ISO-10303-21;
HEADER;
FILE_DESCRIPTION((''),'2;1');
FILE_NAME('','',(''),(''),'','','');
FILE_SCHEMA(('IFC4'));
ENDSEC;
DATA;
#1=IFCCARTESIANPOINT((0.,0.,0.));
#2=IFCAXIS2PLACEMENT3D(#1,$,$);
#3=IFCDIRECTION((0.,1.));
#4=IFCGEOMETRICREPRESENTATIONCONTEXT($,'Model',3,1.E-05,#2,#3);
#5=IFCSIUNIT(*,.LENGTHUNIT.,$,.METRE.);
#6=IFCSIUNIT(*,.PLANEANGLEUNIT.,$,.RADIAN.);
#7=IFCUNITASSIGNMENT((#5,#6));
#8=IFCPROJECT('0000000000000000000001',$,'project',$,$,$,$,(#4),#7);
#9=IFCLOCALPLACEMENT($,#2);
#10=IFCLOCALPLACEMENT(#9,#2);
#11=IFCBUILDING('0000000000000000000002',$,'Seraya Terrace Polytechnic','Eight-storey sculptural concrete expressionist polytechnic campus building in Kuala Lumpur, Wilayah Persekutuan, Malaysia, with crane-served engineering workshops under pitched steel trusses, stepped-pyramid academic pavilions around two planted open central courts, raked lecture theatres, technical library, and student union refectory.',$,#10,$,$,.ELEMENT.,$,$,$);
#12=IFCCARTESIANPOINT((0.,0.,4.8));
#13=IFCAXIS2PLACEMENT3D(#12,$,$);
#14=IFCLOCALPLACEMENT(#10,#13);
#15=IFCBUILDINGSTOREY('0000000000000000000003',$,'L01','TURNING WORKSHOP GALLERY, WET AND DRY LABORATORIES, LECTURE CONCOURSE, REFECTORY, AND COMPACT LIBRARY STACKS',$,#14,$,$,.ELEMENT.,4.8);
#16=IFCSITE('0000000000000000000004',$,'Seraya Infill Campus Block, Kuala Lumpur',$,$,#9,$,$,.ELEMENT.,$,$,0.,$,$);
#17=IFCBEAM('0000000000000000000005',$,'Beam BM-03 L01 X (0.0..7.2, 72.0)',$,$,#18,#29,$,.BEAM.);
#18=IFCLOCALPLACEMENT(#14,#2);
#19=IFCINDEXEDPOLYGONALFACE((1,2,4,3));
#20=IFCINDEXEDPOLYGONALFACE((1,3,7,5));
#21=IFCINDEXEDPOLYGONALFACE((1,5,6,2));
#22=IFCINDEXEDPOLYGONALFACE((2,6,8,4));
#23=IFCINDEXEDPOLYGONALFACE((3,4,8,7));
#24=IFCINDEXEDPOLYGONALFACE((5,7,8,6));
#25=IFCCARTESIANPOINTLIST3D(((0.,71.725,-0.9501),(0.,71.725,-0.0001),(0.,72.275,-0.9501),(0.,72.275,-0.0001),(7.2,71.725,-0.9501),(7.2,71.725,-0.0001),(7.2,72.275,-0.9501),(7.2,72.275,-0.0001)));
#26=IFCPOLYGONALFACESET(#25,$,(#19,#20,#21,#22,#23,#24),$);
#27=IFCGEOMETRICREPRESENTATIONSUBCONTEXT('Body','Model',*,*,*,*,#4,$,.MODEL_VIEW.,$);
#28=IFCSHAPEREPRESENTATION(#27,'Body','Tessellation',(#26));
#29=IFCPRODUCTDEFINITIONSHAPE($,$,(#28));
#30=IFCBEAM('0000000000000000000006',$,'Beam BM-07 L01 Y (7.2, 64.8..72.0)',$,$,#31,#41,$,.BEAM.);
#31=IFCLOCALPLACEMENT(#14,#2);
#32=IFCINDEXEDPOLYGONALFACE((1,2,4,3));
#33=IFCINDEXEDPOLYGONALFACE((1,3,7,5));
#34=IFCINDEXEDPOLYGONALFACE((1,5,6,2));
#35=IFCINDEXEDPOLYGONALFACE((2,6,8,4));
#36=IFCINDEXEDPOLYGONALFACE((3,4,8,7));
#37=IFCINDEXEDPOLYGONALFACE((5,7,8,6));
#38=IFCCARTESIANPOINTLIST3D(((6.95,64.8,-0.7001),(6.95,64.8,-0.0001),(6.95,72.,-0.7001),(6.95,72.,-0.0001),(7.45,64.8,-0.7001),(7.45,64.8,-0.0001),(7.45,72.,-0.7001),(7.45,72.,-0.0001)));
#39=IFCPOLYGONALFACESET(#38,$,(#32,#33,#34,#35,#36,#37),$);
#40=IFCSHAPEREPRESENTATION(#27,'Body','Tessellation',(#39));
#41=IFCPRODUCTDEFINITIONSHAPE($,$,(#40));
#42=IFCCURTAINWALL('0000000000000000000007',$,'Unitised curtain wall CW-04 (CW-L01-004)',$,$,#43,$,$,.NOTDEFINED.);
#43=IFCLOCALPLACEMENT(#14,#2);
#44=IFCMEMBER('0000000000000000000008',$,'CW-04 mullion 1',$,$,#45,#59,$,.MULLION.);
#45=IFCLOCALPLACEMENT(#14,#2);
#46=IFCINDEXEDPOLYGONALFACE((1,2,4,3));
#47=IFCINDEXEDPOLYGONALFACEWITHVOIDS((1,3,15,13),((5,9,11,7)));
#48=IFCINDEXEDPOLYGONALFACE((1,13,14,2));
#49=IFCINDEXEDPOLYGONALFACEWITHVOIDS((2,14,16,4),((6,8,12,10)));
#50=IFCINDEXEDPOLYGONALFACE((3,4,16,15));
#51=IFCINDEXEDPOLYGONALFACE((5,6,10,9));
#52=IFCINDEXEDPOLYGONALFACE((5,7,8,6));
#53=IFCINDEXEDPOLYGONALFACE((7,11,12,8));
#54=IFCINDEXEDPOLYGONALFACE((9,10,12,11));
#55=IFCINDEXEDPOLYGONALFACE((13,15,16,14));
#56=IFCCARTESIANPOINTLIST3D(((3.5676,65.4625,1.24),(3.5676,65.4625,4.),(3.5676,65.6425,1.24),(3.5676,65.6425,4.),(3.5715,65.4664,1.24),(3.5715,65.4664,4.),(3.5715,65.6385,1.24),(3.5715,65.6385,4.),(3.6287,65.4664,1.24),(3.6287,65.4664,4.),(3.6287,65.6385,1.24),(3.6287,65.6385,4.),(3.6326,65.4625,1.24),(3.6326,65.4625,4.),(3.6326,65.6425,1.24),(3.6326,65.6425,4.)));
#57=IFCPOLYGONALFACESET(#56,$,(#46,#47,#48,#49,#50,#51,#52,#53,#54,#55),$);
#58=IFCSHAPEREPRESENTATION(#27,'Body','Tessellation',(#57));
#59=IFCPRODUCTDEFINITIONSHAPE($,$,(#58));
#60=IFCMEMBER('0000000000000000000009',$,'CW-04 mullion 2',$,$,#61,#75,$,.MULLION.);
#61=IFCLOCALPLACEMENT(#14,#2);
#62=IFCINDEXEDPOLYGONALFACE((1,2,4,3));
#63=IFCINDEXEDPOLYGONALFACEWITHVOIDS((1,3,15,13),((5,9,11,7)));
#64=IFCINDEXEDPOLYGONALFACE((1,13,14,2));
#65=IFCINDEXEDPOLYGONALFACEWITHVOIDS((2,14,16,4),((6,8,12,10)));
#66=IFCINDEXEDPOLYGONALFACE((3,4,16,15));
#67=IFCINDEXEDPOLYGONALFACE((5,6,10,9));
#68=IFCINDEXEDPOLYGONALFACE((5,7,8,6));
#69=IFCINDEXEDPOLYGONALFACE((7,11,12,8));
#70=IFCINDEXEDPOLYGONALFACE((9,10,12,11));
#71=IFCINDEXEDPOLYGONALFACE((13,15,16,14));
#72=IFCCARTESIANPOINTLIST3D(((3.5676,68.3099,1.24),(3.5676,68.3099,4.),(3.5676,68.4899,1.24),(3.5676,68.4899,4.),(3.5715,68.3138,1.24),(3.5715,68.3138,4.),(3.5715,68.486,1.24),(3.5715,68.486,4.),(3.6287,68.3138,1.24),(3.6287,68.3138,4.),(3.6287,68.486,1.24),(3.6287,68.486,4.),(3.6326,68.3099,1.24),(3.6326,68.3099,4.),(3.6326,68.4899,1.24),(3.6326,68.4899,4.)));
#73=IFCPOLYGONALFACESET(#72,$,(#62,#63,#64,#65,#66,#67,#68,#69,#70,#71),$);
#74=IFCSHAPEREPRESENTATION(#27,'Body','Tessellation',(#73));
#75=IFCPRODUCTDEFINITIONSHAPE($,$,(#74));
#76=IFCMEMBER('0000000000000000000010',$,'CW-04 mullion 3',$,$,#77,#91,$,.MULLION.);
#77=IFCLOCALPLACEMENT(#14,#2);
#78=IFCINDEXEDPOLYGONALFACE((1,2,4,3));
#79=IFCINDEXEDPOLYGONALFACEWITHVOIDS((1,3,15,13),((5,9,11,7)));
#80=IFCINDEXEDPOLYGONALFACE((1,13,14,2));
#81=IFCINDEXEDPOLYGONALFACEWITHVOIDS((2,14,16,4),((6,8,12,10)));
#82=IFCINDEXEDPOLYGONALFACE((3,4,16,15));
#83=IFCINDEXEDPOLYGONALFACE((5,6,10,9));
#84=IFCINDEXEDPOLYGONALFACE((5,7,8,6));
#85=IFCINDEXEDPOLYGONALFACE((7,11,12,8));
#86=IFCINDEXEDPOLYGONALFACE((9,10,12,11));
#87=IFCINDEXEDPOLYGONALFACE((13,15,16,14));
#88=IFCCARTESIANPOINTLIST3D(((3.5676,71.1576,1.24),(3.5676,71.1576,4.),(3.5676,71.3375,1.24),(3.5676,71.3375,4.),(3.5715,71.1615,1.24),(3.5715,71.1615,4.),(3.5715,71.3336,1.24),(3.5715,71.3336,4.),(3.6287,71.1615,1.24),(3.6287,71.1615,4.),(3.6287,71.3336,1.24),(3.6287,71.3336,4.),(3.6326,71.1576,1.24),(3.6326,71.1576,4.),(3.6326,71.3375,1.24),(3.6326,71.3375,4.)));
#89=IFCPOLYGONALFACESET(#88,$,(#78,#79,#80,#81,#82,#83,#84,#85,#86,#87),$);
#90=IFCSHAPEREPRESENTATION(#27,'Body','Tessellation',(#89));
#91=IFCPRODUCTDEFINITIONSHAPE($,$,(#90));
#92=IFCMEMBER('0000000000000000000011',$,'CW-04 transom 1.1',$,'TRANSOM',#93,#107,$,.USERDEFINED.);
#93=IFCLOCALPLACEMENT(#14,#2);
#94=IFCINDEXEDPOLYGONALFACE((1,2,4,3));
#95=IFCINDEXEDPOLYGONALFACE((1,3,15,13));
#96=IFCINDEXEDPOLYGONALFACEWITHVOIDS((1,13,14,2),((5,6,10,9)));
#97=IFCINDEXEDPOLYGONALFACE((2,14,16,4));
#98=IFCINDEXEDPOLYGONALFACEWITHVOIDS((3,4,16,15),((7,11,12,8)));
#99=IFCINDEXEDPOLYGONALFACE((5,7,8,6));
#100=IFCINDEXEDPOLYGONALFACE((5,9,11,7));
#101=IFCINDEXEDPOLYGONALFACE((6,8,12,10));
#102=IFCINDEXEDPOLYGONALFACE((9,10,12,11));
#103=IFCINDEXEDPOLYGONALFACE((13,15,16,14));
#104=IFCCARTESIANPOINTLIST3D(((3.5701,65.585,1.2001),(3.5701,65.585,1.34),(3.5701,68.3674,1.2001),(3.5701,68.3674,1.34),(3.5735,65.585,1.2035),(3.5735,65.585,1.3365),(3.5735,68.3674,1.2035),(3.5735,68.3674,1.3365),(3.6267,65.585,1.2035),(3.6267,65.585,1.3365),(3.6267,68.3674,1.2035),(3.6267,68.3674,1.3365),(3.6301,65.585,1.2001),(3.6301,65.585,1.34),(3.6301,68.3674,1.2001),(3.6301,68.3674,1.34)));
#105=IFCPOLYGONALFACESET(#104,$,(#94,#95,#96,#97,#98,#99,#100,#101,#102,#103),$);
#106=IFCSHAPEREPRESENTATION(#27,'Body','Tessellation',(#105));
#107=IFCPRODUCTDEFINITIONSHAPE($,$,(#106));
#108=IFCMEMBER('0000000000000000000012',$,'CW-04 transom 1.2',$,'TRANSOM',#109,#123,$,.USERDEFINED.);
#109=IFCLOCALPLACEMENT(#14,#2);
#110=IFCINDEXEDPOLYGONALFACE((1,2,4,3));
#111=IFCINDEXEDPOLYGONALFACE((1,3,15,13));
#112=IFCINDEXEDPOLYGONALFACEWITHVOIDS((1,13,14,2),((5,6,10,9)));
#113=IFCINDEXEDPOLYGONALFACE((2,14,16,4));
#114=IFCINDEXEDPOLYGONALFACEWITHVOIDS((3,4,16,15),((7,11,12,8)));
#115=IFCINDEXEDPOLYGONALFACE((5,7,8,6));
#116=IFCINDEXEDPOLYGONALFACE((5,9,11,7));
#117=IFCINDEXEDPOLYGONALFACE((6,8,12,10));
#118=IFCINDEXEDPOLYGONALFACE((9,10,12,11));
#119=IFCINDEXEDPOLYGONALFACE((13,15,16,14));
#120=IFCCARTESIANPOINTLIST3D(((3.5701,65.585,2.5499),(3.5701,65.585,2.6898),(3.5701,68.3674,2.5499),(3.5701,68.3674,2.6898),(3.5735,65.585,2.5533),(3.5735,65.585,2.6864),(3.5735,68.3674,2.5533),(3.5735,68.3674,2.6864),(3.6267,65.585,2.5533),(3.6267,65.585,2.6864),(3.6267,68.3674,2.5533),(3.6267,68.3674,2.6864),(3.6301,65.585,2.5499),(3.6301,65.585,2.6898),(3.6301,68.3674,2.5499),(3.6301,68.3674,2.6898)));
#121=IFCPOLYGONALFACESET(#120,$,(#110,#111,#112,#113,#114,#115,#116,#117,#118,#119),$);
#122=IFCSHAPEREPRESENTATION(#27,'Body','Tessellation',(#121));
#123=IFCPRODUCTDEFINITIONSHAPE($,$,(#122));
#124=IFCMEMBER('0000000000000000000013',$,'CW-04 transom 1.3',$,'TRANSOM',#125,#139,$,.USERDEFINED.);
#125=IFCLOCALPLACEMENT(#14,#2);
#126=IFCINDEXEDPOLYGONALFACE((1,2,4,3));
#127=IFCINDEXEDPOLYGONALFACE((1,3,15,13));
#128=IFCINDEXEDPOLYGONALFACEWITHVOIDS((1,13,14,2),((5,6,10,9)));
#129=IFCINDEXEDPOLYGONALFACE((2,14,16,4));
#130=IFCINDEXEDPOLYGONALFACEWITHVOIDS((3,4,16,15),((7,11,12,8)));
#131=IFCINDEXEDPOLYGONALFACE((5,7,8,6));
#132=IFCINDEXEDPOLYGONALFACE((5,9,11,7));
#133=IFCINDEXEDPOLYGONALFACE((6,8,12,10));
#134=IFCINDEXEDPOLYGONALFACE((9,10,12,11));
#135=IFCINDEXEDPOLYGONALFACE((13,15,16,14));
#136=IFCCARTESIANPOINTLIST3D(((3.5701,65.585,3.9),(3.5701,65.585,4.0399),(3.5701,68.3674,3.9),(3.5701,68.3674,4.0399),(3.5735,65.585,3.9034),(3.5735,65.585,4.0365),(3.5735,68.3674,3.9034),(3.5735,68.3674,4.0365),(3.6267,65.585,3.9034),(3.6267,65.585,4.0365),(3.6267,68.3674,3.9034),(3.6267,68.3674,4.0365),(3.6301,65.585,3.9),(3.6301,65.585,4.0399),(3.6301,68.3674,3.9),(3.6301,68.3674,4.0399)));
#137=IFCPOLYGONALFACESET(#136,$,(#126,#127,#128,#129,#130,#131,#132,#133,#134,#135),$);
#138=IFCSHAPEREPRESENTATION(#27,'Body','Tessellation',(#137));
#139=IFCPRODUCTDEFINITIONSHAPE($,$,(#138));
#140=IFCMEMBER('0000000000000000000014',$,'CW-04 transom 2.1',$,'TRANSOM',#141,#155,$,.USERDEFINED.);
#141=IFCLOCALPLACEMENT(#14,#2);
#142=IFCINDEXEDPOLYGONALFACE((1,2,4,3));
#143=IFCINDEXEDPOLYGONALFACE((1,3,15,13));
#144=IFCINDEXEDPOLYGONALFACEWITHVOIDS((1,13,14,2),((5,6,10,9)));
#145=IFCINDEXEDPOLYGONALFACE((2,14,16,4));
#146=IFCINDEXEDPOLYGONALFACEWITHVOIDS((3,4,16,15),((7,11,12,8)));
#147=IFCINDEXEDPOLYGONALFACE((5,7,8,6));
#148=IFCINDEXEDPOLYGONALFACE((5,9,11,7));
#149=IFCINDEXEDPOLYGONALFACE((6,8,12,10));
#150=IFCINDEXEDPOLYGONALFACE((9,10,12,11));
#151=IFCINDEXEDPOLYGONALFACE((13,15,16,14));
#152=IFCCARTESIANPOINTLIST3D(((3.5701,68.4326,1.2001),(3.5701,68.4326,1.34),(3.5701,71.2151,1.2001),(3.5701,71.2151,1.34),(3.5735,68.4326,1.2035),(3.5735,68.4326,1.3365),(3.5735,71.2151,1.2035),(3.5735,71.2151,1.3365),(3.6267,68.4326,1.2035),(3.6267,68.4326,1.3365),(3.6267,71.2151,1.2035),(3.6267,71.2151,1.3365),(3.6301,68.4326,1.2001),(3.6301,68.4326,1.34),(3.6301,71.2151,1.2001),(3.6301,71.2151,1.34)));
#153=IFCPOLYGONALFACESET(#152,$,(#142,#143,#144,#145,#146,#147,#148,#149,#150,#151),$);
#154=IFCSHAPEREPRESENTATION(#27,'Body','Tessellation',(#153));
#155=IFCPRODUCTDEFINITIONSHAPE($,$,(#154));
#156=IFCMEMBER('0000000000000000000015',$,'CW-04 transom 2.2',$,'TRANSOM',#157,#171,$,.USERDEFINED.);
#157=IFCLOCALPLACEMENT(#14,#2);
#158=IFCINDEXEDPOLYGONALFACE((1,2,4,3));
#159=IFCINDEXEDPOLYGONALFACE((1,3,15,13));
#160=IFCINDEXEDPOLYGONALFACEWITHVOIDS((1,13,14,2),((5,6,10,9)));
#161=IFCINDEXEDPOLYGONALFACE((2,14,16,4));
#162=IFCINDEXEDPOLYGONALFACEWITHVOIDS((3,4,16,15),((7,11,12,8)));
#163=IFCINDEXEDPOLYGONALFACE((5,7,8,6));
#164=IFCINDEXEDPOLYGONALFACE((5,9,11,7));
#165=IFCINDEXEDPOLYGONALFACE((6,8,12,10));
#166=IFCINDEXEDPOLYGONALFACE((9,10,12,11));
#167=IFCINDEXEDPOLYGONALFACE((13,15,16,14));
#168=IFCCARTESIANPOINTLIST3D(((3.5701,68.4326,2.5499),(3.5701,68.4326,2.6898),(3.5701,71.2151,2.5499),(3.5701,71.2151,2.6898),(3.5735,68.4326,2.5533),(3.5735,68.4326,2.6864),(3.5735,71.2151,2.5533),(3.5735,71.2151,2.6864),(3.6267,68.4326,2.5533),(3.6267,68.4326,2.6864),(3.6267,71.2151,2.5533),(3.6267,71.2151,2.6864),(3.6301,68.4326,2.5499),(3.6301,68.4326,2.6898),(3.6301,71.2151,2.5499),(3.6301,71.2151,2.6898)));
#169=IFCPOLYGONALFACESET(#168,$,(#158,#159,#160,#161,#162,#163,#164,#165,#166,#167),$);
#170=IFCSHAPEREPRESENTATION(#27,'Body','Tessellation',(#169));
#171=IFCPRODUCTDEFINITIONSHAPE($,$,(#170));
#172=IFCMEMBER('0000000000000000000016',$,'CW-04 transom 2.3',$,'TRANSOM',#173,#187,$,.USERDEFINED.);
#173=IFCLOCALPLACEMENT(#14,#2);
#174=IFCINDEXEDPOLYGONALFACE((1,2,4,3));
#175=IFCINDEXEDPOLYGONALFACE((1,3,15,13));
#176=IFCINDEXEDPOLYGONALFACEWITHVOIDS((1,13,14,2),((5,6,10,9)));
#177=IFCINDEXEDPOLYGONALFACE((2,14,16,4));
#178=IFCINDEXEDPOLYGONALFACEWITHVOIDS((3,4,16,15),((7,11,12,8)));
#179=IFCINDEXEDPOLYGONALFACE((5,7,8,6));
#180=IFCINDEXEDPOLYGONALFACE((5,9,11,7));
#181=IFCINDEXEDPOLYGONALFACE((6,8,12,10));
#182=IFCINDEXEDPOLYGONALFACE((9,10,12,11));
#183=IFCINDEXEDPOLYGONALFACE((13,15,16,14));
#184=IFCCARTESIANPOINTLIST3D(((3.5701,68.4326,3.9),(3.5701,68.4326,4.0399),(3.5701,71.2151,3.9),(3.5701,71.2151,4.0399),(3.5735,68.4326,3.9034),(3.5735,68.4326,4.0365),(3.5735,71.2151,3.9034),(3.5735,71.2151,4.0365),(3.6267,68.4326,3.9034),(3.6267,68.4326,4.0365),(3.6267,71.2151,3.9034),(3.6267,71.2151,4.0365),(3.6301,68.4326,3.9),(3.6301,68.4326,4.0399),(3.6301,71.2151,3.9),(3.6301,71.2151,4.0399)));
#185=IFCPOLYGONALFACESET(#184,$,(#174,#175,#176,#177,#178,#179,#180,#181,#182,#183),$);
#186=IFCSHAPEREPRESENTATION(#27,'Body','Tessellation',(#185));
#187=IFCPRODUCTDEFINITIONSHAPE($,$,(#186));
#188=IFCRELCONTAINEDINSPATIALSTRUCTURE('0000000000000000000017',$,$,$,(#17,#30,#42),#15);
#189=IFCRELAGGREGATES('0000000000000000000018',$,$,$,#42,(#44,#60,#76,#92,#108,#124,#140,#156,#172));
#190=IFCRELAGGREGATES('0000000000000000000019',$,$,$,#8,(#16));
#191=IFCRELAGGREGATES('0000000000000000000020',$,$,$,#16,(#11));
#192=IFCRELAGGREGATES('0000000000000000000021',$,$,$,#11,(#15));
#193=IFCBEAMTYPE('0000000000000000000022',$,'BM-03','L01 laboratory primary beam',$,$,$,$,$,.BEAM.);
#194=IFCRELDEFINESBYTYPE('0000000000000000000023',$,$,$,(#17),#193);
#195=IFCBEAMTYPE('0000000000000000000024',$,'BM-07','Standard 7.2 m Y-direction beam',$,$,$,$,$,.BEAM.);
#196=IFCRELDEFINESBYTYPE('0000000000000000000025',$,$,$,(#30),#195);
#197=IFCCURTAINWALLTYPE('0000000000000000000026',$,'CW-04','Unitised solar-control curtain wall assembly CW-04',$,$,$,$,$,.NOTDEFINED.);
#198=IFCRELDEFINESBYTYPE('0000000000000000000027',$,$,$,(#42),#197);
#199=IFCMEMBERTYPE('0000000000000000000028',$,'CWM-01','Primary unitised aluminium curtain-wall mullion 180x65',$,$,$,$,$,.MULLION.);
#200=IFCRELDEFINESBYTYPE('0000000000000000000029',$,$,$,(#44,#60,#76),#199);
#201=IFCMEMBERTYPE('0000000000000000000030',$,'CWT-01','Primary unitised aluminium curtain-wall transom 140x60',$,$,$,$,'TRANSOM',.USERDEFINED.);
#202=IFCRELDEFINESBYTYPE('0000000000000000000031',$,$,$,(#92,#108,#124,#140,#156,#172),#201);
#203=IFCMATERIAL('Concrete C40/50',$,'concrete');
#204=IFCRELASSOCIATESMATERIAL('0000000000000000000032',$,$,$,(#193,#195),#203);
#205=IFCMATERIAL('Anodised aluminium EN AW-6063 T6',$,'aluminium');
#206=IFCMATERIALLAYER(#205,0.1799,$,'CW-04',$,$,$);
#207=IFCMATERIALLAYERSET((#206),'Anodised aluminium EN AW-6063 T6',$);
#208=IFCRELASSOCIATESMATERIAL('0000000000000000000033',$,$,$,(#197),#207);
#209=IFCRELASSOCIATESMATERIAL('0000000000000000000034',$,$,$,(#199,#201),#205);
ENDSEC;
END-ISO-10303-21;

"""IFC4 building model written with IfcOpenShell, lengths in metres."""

from ifc_helpers import new_model, si_unit, direction, frame, origin, origin_2d, place, context, subcontext, project, spatial, rectangle, hollow_rectangle, extrude, material, layer, layer_set, material_profile, profile_set, type_object, element, aggregate, save


model = new_model("IFC4")

# Units and contexts
model_context = context("Model", 3, precision=1e-05, world=origin(), true_north=direction((0.0, 1.0)))
body_context = subcontext(model_context, "Body", "Model", "MODEL_VIEW")
ifc_project = project(units=[si_unit("LENGTHUNIT", "METRE"), si_unit("PLANEANGLEUNIT", "RADIAN")], contexts=[model_context])

# Site, building, storey
site_placement = place(None, origin())
site = spatial("IfcSite", under=ifc_project, at=site_placement, Name="Seraya Infill Campus Block, Kuala Lumpur", CompositionType="ELEMENT", RefElevation=0.0)
building_placement = place(site_placement, origin())
building = spatial("IfcBuilding", under=site, at=building_placement, Name="Seraya Terrace Polytechnic", Description="Eight-storey sculptural concrete expressionist polytechnic campus building in Kuala Lumpur, Wilayah Persekutuan, Malaysia, with crane-served engineering workshops under pitched steel trusses, stepped-pyramid academic pavilions around two planted open central courts, raked lecture theatres, technical library, and student union refectory.", CompositionType="ELEMENT")
storey_placement = place(building_placement, frame((0.0, 0.0, 4.8)))
storey = spatial("IfcBuildingStorey", under=building, at=storey_placement, Name="L01", Description="TURNING WORKSHOP GALLERY, WET AND DRY LABORATORIES, LECTURE CONCOURSE, REFECTORY, AND COMPACT LIBRARY STACKS", CompositionType="ELEMENT", Elevation=4.8)

# Beams
ifc_material_1 = material(Name="Concrete C40/50", Category="concrete")
ifc_material_profile_1 = material_profile(ifc_material_1, rectangle(XDim=0.55, YDim=0.95, at=origin_2d()), Name="RC 550x950")
ifc_profile_set_1 = profile_set([ifc_material_profile_1], Name="Concrete C40/50")
beam_type_1 = type_object("IfcBeamType", Name="BM-03", Description="L01 laboratory primary beam", PredefinedType="BEAM", material=ifc_profile_set_1)
beam_1_placement = place(storey_placement, frame((0.0, 72.0, -0.4751), z_axis=(1.0, 0.0, 0.0), x_axis=(0.0, 1.0, 0.0)))
element("IfcBeam", 1, at=beam_1_placement, inside=storey, type_object=beam_type_1, Name="Beam BM-03 L01 X (0.0..7.2, 72.0)", PredefinedType="BEAM", context=body_context, shape_type="SweptSolid", body=[
    extrude(rectangle(XDim=0.55, YDim=0.95, at=origin_2d()), origin(), (0.0, 0.0, 1.0), 7.2),
])
ifc_material_profile_2 = material_profile(ifc_material_1, rectangle(XDim=0.5, YDim=0.7, at=origin_2d()), Name="RC 500x700")
ifc_profile_set_2 = profile_set([ifc_material_profile_2], Name="Concrete C40/50")
beam_type_2 = type_object("IfcBeamType", Name="BM-07", Description="Standard 7.2 m Y-direction beam", PredefinedType="BEAM", material=ifc_profile_set_2)
beam_2_placement = place(storey_placement, frame((7.2, 64.8, -0.3501), z_axis=(0.0, 1.0, 0.0), x_axis=(-1.0, 0.0, 0.0)))
element("IfcBeam", 2, at=beam_2_placement, inside=storey, type_object=beam_type_2, Name="Beam BM-07 L01 Y (7.2, 64.8..72.0)", PredefinedType="BEAM", context=body_context, shape_type="SweptSolid", body=[
    extrude(rectangle(XDim=0.5, YDim=0.7, at=origin_2d()), origin(), (0.0, 0.0, 1.0), 7.2),
])

# Curtain wall, members
ifc_material_2 = material(Name="Anodised aluminium EN AW-6063 T6", Category="aluminium")
ifc_layer_1 = layer(ifc_material_2, 0.1799, Name="CW-04")
ifc_layer_set_1 = layer_set([ifc_layer_1], Name="Anodised aluminium EN AW-6063 T6")
curtain_wall_type = type_object("IfcCurtainWallType", Name="CW-04", Description="Unitised solar-control curtain wall assembly CW-04", PredefinedType="NOTDEFINED", material=ifc_layer_set_1)
curtain_wall_placement = place(storey_placement, origin())
curtain_wall = element("IfcCurtainWall", 3, at=curtain_wall_placement, inside=storey, type_object=curtain_wall_type, Name="Unitised curtain wall CW-04 (CW-L01-004)", PredefinedType="NOTDEFINED")
ifc_material_profile_3 = material_profile(ifc_material_2, hollow_rectangle(XDim=0.0649, YDim=0.1799, WallThickness=0.0039, at=origin_2d()), Name="RHS 180x65x4.0")
ifc_profile_set_3 = profile_set([ifc_material_profile_3], Name="Anodised aluminium EN AW-6063 T6")
member_type_1 = type_object("IfcMemberType", Name="CWM-01", Description="Primary unitised aluminium curtain-wall mullion 180x65", PredefinedType="MULLION", material=ifc_profile_set_3)
member_1_placement = place(storey_placement, frame((3.6001, 65.5525, 1.24), z_axis=(0.0, 0.0, 1.0), x_axis=(-1.0, 0.0, 0.0)))
member_1 = element("IfcMember", 4, at=member_1_placement, type_object=member_type_1, Name="CW-04 mullion 1", PredefinedType="MULLION", context=body_context, shape_type="SweptSolid", body=[
    extrude(hollow_rectangle(XDim=0.0649, YDim=0.1799, WallThickness=0.0039, at=origin_2d()), origin(), (0.0, 0.0, 1.0), 2.76),
])
member_2_placement = place(storey_placement, frame((3.6001, 68.3999, 1.24), z_axis=(0.0, 0.0, 1.0), x_axis=(-1.0, 0.0, 0.0)))
member_2 = element("IfcMember", 5, at=member_2_placement, type_object=member_type_1, Name="CW-04 mullion 2", PredefinedType="MULLION", context=body_context, shape_type="SweptSolid", body=[
    extrude(hollow_rectangle(XDim=0.0649, YDim=0.1799, WallThickness=0.0039, at=origin_2d()), origin(), (0.0, 0.0, 1.0), 2.76),
])
member_3_placement = place(storey_placement, frame((3.6001, 71.2476, 1.24), z_axis=(0.0, 0.0, 1.0), x_axis=(-1.0, 0.0, 0.0)))
member_3 = element("IfcMember", 6, at=member_3_placement, type_object=member_type_1, Name="CW-04 mullion 3", PredefinedType="MULLION", context=body_context, shape_type="SweptSolid", body=[
    extrude(hollow_rectangle(XDim=0.0649, YDim=0.1799, WallThickness=0.0039, at=origin_2d()), origin(), (0.0, 0.0, 1.0), 2.76),
])
ifc_material_profile_4 = material_profile(ifc_material_2, hollow_rectangle(XDim=0.0601, YDim=0.1399, WallThickness=0.0034, at=origin_2d()), Name="RHS 140x60x3.5")
ifc_profile_set_4 = profile_set([ifc_material_profile_4], Name="Anodised aluminium EN AW-6063 T6")
member_type_2 = type_object("IfcMemberType", Name="CWT-01", Description="Primary unitised aluminium curtain-wall transom 140x60", ElementType="TRANSOM", PredefinedType="USERDEFINED", material=ifc_profile_set_4)
member_4_placement = place(storey_placement, frame((3.6001, 65.585, 1.27), z_axis=(0.0, 1.0, 0.0), x_axis=(-1.0, 0.0, 0.0)))
member_4 = element("IfcMember", 7, at=member_4_placement, type_object=member_type_2, Name="CW-04 transom 1.1", ObjectType="TRANSOM", PredefinedType="USERDEFINED", context=body_context, shape_type="SweptSolid", body=[
    extrude(hollow_rectangle(XDim=0.0601, YDim=0.1399, WallThickness=0.0034, at=origin_2d()), origin(), (0.0, 0.0, 1.0), 2.7825),
])
member_5_placement = place(storey_placement, frame((3.6001, 65.585, 2.6199), z_axis=(0.0, 1.0, 0.0), x_axis=(-1.0, 0.0, 0.0)))
member_5 = element("IfcMember", 8, at=member_5_placement, type_object=member_type_2, Name="CW-04 transom 1.2", ObjectType="TRANSOM", PredefinedType="USERDEFINED", context=body_context, shape_type="SweptSolid", body=[
    extrude(hollow_rectangle(XDim=0.0601, YDim=0.1399, WallThickness=0.0034, at=origin_2d()), origin(), (0.0, 0.0, 1.0), 2.7825),
])
member_6_placement = place(storey_placement, frame((3.6001, 65.585, 3.97), z_axis=(0.0, 1.0, 0.0), x_axis=(-1.0, 0.0, 0.0)))
member_6 = element("IfcMember", 9, at=member_6_placement, type_object=member_type_2, Name="CW-04 transom 1.3", ObjectType="TRANSOM", PredefinedType="USERDEFINED", context=body_context, shape_type="SweptSolid", body=[
    extrude(hollow_rectangle(XDim=0.0601, YDim=0.1399, WallThickness=0.0034, at=origin_2d()), origin(), (0.0, 0.0, 1.0), 2.7825),
])
member_7_placement = place(storey_placement, frame((3.6001, 68.4326, 1.27), z_axis=(0.0, 1.0, 0.0), x_axis=(-1.0, 0.0, 0.0)))
member_7 = element("IfcMember", 10, at=member_7_placement, type_object=member_type_2, Name="CW-04 transom 2.1", ObjectType="TRANSOM", PredefinedType="USERDEFINED", context=body_context, shape_type="SweptSolid", body=[
    extrude(hollow_rectangle(XDim=0.0601, YDim=0.1399, WallThickness=0.0034, at=origin_2d()), origin(), (0.0, 0.0, 1.0), 2.7825),
])
member_8_placement = place(storey_placement, frame((3.6001, 68.4326, 2.6199), z_axis=(0.0, 1.0, 0.0), x_axis=(-1.0, 0.0, 0.0)))
member_8 = element("IfcMember", 11, at=member_8_placement, type_object=member_type_2, Name="CW-04 transom 2.2", ObjectType="TRANSOM", PredefinedType="USERDEFINED", context=body_context, shape_type="SweptSolid", body=[
    extrude(hollow_rectangle(XDim=0.0601, YDim=0.1399, WallThickness=0.0034, at=origin_2d()), origin(), (0.0, 0.0, 1.0), 2.7825),
])
member_9_placement = place(storey_placement, frame((3.6001, 68.4326, 3.97), z_axis=(0.0, 1.0, 0.0), x_axis=(-1.0, 0.0, 0.0)))
member_9 = element("IfcMember", 12, at=member_9_placement, type_object=member_type_2, Name="CW-04 transom 2.3", ObjectType="TRANSOM", PredefinedType="USERDEFINED", context=body_context, shape_type="SweptSolid", body=[
    extrude(hollow_rectangle(XDim=0.0601, YDim=0.1399, WallThickness=0.0034, at=origin_2d()), origin(), (0.0, 0.0, 1.0), 2.7825),
])

aggregate(curtain_wall, [member_1, member_2, member_3, member_4, member_5, member_6, member_7, member_8, member_9])

save(model, "model.ifc")
